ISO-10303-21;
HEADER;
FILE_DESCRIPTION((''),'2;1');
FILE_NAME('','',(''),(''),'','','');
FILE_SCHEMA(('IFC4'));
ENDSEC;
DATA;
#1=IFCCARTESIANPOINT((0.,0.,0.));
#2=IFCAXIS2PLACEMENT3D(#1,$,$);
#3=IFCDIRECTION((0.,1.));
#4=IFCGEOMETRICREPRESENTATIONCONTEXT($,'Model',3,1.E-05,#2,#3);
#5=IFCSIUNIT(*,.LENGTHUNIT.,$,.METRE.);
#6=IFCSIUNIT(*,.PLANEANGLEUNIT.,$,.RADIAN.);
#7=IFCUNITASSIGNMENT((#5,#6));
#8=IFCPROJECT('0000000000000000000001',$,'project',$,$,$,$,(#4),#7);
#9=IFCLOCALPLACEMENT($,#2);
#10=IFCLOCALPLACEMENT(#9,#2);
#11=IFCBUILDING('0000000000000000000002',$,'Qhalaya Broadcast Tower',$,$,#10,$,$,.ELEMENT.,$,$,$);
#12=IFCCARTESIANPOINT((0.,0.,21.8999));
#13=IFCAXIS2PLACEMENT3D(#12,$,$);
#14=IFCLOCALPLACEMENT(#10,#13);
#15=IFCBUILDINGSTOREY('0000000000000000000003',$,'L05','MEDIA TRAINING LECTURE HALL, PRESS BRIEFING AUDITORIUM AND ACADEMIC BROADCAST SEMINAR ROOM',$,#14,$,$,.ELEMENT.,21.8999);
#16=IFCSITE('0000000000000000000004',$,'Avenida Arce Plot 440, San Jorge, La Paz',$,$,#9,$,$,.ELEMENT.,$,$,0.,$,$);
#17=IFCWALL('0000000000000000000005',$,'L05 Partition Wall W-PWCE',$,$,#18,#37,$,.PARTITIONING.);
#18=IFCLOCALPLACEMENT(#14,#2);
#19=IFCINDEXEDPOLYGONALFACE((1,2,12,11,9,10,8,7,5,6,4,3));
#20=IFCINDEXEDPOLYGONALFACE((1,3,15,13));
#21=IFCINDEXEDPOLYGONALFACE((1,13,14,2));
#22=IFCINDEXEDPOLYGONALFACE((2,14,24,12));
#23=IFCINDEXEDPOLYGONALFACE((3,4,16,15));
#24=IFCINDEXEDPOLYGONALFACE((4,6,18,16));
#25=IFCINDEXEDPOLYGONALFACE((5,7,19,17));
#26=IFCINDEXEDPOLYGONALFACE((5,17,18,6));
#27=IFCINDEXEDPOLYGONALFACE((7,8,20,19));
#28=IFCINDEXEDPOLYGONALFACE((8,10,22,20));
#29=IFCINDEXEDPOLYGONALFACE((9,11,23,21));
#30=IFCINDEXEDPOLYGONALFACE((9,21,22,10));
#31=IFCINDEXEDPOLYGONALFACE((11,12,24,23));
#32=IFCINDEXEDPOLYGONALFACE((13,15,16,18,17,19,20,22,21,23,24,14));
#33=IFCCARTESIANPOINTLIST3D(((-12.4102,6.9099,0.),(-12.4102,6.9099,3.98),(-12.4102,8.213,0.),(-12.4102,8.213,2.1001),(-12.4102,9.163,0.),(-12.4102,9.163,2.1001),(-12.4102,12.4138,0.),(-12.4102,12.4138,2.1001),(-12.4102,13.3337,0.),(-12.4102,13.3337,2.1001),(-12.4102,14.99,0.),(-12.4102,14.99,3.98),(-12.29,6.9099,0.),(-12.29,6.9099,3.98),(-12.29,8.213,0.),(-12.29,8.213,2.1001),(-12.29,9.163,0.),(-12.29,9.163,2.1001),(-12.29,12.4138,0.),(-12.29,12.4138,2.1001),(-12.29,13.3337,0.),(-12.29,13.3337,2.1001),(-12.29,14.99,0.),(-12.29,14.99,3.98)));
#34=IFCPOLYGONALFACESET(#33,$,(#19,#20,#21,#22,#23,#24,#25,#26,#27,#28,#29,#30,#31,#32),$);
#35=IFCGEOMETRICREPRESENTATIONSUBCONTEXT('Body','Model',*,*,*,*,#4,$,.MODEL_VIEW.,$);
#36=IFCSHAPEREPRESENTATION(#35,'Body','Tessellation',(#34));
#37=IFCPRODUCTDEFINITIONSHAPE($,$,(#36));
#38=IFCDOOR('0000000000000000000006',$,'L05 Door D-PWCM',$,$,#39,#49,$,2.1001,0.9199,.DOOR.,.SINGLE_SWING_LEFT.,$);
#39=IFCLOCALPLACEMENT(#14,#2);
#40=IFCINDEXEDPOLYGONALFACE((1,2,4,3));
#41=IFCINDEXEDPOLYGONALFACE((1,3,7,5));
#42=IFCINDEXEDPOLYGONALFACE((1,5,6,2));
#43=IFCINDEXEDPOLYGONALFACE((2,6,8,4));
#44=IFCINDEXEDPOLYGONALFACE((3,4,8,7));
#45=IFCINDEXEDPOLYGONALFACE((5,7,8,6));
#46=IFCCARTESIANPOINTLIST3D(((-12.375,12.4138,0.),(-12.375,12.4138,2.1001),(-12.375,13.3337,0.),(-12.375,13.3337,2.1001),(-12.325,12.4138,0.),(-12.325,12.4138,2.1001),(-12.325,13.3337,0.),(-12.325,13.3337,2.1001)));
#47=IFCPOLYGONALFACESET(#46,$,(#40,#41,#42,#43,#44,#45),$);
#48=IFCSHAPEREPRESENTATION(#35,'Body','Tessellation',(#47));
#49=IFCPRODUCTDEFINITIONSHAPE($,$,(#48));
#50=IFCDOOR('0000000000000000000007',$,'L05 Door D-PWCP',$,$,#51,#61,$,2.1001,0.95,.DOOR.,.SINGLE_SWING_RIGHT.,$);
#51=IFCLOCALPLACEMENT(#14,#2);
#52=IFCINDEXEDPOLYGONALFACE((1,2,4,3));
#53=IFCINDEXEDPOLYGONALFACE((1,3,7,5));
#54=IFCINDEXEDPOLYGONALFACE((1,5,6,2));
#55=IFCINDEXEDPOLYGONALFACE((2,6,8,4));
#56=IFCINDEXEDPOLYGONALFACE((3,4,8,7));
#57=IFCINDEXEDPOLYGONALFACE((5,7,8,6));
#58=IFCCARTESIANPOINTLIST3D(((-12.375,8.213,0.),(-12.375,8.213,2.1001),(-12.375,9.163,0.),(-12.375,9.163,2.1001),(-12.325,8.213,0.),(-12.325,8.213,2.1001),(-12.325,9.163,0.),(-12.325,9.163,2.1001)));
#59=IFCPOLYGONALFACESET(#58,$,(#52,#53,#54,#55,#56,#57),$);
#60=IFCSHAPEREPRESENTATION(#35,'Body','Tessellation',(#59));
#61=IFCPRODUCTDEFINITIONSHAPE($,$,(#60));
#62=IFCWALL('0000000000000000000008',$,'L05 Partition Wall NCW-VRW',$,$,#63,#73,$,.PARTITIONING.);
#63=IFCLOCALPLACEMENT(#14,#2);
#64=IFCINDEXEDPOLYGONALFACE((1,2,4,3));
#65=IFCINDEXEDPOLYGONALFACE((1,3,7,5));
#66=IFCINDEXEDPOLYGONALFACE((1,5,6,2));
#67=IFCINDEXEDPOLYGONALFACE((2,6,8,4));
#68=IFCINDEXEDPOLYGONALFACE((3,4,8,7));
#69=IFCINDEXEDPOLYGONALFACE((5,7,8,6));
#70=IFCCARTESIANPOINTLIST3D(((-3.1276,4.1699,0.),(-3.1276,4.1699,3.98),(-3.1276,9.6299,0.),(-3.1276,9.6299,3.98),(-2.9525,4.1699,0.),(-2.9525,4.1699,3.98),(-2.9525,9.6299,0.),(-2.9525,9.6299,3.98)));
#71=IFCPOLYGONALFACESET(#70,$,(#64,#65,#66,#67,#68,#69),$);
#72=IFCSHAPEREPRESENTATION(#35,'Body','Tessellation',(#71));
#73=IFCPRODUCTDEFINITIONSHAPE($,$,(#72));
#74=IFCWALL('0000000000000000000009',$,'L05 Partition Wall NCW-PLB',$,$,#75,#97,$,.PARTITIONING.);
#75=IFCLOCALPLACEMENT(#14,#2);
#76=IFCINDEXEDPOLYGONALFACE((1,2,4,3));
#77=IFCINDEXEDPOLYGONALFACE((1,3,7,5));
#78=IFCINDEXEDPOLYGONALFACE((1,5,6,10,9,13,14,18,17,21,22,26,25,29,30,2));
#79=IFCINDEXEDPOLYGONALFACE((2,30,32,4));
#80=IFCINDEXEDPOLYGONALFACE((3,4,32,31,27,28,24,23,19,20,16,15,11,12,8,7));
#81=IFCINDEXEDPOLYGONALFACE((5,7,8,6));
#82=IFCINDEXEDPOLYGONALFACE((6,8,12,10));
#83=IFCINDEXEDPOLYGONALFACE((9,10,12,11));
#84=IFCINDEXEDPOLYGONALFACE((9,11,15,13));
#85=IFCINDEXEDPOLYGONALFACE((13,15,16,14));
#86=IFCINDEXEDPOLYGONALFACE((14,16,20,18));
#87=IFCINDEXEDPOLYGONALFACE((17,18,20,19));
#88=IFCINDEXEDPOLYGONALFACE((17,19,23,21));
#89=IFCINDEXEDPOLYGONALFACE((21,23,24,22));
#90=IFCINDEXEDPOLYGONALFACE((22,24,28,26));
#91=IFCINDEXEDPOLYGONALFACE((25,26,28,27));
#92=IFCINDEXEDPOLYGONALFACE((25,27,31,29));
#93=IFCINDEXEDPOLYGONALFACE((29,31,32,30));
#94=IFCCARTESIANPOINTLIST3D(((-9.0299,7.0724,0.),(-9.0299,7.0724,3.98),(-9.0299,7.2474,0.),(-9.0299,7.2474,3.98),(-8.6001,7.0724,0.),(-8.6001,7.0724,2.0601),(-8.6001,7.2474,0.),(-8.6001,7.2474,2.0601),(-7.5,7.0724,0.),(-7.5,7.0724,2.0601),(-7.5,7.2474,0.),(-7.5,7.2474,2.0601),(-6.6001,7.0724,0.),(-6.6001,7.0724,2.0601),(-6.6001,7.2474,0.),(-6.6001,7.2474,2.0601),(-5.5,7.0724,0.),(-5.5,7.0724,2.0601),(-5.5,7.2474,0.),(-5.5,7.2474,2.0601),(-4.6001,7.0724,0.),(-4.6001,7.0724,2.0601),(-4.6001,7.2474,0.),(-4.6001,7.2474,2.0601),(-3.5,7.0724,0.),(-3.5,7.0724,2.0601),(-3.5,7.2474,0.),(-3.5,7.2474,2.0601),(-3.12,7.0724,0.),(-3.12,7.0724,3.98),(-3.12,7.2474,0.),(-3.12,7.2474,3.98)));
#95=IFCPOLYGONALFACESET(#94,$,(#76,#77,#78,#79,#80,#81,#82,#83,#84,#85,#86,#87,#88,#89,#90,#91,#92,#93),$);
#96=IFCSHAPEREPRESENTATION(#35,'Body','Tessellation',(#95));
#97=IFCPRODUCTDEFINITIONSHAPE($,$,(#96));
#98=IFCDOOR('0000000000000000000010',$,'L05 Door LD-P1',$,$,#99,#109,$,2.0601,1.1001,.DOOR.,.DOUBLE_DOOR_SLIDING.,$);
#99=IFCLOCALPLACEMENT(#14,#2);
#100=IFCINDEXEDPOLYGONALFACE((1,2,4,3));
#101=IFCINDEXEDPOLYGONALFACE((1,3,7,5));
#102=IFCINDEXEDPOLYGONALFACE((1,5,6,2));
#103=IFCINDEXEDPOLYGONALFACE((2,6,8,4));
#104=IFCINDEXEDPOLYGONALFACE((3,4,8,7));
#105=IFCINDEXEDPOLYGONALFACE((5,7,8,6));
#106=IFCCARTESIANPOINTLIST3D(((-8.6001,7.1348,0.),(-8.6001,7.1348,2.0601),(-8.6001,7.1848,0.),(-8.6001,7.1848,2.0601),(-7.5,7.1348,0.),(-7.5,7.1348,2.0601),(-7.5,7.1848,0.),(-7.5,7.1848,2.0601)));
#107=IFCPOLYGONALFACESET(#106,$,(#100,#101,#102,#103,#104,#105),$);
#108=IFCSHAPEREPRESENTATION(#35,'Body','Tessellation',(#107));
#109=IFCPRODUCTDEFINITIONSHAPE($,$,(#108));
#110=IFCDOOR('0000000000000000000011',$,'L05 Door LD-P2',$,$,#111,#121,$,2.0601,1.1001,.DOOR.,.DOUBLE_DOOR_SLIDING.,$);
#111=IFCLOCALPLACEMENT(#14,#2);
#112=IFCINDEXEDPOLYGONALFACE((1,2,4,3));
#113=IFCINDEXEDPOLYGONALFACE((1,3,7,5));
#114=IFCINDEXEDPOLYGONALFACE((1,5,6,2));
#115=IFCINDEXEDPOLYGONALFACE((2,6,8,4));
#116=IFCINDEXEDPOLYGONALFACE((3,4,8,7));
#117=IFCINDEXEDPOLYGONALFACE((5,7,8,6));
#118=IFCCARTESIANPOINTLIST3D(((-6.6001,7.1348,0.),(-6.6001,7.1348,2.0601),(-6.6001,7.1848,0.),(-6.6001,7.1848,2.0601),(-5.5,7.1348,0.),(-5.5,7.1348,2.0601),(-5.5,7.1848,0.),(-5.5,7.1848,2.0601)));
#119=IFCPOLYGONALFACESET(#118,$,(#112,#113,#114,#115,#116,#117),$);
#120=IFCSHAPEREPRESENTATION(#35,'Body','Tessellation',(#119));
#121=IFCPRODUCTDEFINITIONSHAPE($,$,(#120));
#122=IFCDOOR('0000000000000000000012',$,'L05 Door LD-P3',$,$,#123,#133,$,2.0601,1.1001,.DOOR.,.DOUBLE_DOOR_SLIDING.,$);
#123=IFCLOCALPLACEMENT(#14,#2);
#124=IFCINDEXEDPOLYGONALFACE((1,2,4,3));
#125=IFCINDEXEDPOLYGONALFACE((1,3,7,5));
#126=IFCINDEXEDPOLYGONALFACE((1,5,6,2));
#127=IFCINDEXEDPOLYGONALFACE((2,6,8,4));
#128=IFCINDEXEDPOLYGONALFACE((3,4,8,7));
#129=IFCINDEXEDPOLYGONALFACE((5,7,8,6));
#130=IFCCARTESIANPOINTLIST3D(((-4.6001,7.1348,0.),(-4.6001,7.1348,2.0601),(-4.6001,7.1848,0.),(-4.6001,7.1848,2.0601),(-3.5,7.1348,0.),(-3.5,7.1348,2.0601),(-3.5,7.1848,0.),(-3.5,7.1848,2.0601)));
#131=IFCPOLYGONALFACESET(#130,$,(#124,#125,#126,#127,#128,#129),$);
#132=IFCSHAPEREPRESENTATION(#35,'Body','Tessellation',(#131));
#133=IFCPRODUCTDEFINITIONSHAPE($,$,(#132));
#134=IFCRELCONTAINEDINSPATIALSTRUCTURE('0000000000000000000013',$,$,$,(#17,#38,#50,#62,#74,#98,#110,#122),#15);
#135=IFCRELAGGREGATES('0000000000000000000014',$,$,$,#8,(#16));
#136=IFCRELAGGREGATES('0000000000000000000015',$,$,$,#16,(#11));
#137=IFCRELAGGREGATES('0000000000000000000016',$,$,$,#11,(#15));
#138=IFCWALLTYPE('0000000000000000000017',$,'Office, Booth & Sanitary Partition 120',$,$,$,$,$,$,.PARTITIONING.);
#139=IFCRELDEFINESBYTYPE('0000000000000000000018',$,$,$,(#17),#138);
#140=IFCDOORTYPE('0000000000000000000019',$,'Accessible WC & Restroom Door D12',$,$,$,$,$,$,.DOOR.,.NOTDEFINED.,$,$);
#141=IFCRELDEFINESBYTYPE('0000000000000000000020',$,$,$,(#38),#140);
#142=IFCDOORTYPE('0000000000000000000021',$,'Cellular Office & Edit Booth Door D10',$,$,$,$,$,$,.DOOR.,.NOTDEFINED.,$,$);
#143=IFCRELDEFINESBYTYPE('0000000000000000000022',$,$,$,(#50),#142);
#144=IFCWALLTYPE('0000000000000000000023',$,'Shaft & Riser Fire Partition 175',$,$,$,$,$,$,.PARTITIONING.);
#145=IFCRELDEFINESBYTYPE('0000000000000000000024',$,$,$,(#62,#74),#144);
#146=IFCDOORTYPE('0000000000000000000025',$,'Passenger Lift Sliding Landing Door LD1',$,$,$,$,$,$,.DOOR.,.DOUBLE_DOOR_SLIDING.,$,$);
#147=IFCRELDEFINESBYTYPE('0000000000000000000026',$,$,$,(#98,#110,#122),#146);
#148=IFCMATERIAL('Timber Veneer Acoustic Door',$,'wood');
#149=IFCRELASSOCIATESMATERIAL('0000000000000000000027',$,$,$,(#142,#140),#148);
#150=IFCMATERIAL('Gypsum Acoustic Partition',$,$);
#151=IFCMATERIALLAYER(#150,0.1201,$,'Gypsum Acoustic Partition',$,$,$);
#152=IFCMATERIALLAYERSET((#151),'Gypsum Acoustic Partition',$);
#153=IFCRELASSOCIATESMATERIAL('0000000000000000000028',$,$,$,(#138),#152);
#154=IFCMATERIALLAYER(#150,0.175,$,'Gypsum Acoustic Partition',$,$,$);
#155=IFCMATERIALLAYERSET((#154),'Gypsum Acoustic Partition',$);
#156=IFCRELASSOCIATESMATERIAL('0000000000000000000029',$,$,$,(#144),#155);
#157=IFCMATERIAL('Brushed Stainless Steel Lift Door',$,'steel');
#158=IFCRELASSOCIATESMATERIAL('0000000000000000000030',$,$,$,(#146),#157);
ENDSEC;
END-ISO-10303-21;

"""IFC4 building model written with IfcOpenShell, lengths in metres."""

from ifc_helpers import new_model, si_unit, direction, frame, frame_2d, origin, place, context, subcontext, project, spatial, rectangle, extrude, material, layer, layer_set, type_object, element, fill, save


model = new_model("IFC4")

# Units and contexts
model_context = context("Model", 3, precision=1e-05, world=origin(), true_north=direction((0.0, 1.0)))
body_context = subcontext(model_context, "Body", "Model", "MODEL_VIEW")
ifc_project = project(units=[si_unit("LENGTHUNIT", "METRE"), si_unit("PLANEANGLEUNIT", "RADIAN")], contexts=[model_context])

# Site, building, storey
site_placement = place(None, origin())
site = spatial("IfcSite", under=ifc_project, at=site_placement, Name="Avenida Arce Plot 440, San Jorge, La Paz", CompositionType="ELEMENT", RefElevation=0.0)
building_placement = place(site_placement, origin())
building = spatial("IfcBuilding", under=site, at=building_placement, Name="Qhalaya Broadcast Tower", CompositionType="ELEMENT")
storey_placement = place(building_placement, frame((0.0, 0.0, 21.8999)))
storey = spatial("IfcBuildingStorey", under=building, at=storey_placement, Name="L05", Description="MEDIA TRAINING LECTURE HALL, PRESS BRIEFING AUDITORIUM AND ACADEMIC BROADCAST SEMINAR ROOM", CompositionType="ELEMENT", Elevation=21.8999)

# Shared definitions
ifc_material_1 = material(Name="Timber Veneer Acoustic Door", Category="wood")
door_type_1 = type_object("IfcDoorType", Name="Cellular Office & Edit Booth Door D10", OperationType="NOTDEFINED", PredefinedType="DOOR", material=ifc_material_1)

# Shared definitions
ifc_material_2 = material(Name="Gypsum Acoustic Partition")
ifc_layer_1 = layer(ifc_material_2, 0.1201, Name="Gypsum Acoustic Partition")
ifc_layer_set_1 = layer_set([ifc_layer_1], Name="Gypsum Acoustic Partition")
wall_type_1 = type_object("IfcWallType", Name="Office, Booth & Sanitary Partition 120", PredefinedType="PARTITIONING", material=ifc_layer_set_1)

# Wall, openings, doors
wall_1_placement = place(storey_placement, frame((-12.3501, 6.9099, 0.0), z_axis=(0.0, 0.0, 1.0), x_axis=(0.0, 1.0, 0.0)))
wall_1 = element("IfcWall", 1, at=wall_1_placement, inside=storey, type_object=wall_type_1, Name="L05 Partition Wall W-PWCE", PredefinedType="PARTITIONING", context=body_context, shape_type="SweptSolid", body=[
    extrude(rectangle(XDim=8.0801, YDim=0.1201, at=frame_2d((4.04, 0.0))), origin(), (0.0, 0.0, 1.0), 3.98),
])
opening_1_placement = place(wall_1_placement, frame((1.303, 0.0, 0.0)))
opening_1 = element("IfcOpeningElement", 2, at=opening_1_placement, cuts=wall_1, PredefinedType="OPENING", context=body_context, shape_type="SweptSolid", body=[
    extrude(rectangle(XDim=0.95, YDim=2.1001, at=frame_2d((0.4751, 1.05))), frame((0.0, 0.072, 0.0), z_axis=(0.0, -1.0, 0.0), x_axis=(1.0, 0.0, 0.0)), (0.0, 0.0, 1.0), 0.144),
])
opening_2_placement = place(wall_1_placement, frame((5.5039, 0.0, 0.0)))
opening_2 = element("IfcOpeningElement", 3, at=opening_2_placement, cuts=wall_1, PredefinedType="OPENING", context=body_context, shape_type="SweptSolid", body=[
    extrude(rectangle(XDim=0.9199, YDim=2.1001, at=frame_2d((0.46, 1.05))), frame((0.0, 0.072, 0.0), z_axis=(0.0, -1.0, 0.0), x_axis=(1.0, 0.0, 0.0)), (0.0, 0.0, 1.0), 0.144),
])
door_type_2 = type_object("IfcDoorType", Name="Accessible WC & Restroom Door D12", OperationType="NOTDEFINED", PredefinedType="DOOR", material=ifc_material_1)
door_1_placement = place(opening_2_placement, origin())
door_1 = element("IfcDoor", 4, at=door_1_placement, inside=storey, type_object=door_type_2, Name="L05 Door D-PWCM", OperationType="SINGLE_SWING_LEFT", OverallHeight=2.1001, OverallWidth=0.9199, PredefinedType="DOOR", context=body_context, shape_type="SweptSolid", body=[
    extrude(rectangle(XDim=0.9199, YDim=2.1001, at=frame_2d((0.46, 1.05))), frame((0.0, 0.0249, 0.0), z_axis=(0.0, -1.0, 0.0), x_axis=(1.0, 0.0, 0.0)), (0.0, 0.0, 1.0), 0.05),
])
fill(opening_2, door_1)
door_2_placement = place(opening_1_placement, origin())
door_2 = element("IfcDoor", 5, at=door_2_placement, inside=storey, type_object=door_type_1, Name="L05 Door D-PWCP", OperationType="SINGLE_SWING_RIGHT", OverallHeight=2.1001, OverallWidth=0.95, PredefinedType="DOOR", context=body_context, shape_type="SweptSolid", body=[
    extrude(rectangle(XDim=0.95, YDim=2.1001, at=frame_2d((0.4751, 1.05))), frame((0.0, 0.0249, 0.0), z_axis=(0.0, -1.0, 0.0), x_axis=(1.0, 0.0, 0.0)), (0.0, 0.0, 1.0), 0.05),
])
fill(opening_1, door_2)

# Wall
ifc_layer_2 = layer(ifc_material_2, 0.175, Name="Gypsum Acoustic Partition")
ifc_layer_set_2 = layer_set([ifc_layer_2], Name="Gypsum Acoustic Partition")
wall_type_2 = type_object("IfcWallType", Name="Shaft & Riser Fire Partition 175", PredefinedType="PARTITIONING", material=ifc_layer_set_2)
wall_2_placement = place(storey_placement, frame((-3.04, 4.1699, 0.0), z_axis=(0.0, 0.0, 1.0), x_axis=(0.0, 1.0, 0.0)))
element("IfcWall", 6, at=wall_2_placement, inside=storey, type_object=wall_type_2, Name="L05 Partition Wall NCW-VRW", PredefinedType="PARTITIONING", context=body_context, shape_type="SweptSolid", body=[
    extrude(rectangle(XDim=5.46, YDim=0.175, at=frame_2d((2.73, 0.0))), origin(), (0.0, 0.0, 1.0), 3.98),
])

# Wall, openings, doors
wall_3_placement = place(storey_placement, frame((-9.03, 7.1599, 0.0), z_axis=(0.0, 0.0, 1.0), x_axis=(1.0, 0.0, 0.0)))
wall_3 = element("IfcWall", 7, at=wall_3_placement, inside=storey, type_object=wall_type_2, Name="L05 Partition Wall NCW-PLB", PredefinedType="PARTITIONING", context=body_context, shape_type="SweptSolid", body=[
    extrude(rectangle(XDim=5.9099, YDim=0.175, at=frame_2d((2.9551, 0.0))), origin(), (0.0, 0.0, 1.0), 3.98),
])
opening_3_placement = place(wall_3_placement, frame((0.4299, 0.0, 0.0)))
opening_3 = element("IfcOpeningElement", 8, at=opening_3_placement, cuts=wall_3, PredefinedType="OPENING", context=body_context, shape_type="SweptSolid", body=[
    extrude(rectangle(XDim=1.1001, YDim=2.0601, at=frame_2d((0.55, 1.03))), frame((0.0, 0.0996, 0.0), z_axis=(0.0, -1.0, 0.0), x_axis=(1.0, 0.0, 0.0)), (0.0, 0.0, 1.0), 0.199),
])
opening_4_placement = place(wall_3_placement, frame((2.4299, 0.0, 0.0)))
opening_4 = element("IfcOpeningElement", 9, at=opening_4_placement, cuts=wall_3, PredefinedType="OPENING", context=body_context, shape_type="SweptSolid", body=[
    extrude(rectangle(XDim=1.1001, YDim=2.0601, at=frame_2d((0.55, 1.03))), frame((0.0, 0.0996, 0.0), z_axis=(0.0, -1.0, 0.0), x_axis=(1.0, 0.0, 0.0)), (0.0, 0.0, 1.0), 0.199),
])
opening_5_placement = place(wall_3_placement, frame((4.4299, 0.0, 0.0)))
opening_5 = element("IfcOpeningElement", 10, at=opening_5_placement, cuts=wall_3, PredefinedType="OPENING", context=body_context, shape_type="SweptSolid", body=[
    extrude(rectangle(XDim=1.1001, YDim=2.0601, at=frame_2d((0.55, 1.03))), frame((0.0, 0.0996, 0.0), z_axis=(0.0, -1.0, 0.0), x_axis=(1.0, 0.0, 0.0)), (0.0, 0.0, 1.0), 0.199),
])
ifc_material_3 = material(Name="Brushed Stainless Steel Lift Door", Category="steel")
door_type_3 = type_object("IfcDoorType", Name="Passenger Lift Sliding Landing Door LD1", OperationType="DOUBLE_DOOR_SLIDING", PredefinedType="DOOR", material=ifc_material_3)
door_3_placement = place(opening_3_placement, origin())
door_3 = element("IfcDoor", 11, at=door_3_placement, inside=storey, type_object=door_type_3, Name="L05 Door LD-P1", OperationType="DOUBLE_DOOR_SLIDING", OverallHeight=2.0601, OverallWidth=1.1001, PredefinedType="DOOR", context=body_context, shape_type="SweptSolid", body=[
    extrude(rectangle(XDim=1.1001, YDim=2.0601, at=frame_2d((0.55, 1.03))), frame((0.0, 0.0249, 0.0), z_axis=(0.0, -1.0, 0.0), x_axis=(1.0, 0.0, 0.0)), (0.0, 0.0, 1.0), 0.05),
])
fill(opening_3, door_3)
door_4_placement = place(opening_4_placement, origin())
door_4 = element("IfcDoor", 12, at=door_4_placement, inside=storey, type_object=door_type_3, Name="L05 Door LD-P2", OperationType="DOUBLE_DOOR_SLIDING", OverallHeight=2.0601, OverallWidth=1.1001, PredefinedType="DOOR", context=body_context, shape_type="SweptSolid", body=[
    extrude(rectangle(XDim=1.1001, YDim=2.0601, at=frame_2d((0.55, 1.03))), frame((0.0, 0.0249, 0.0), z_axis=(0.0, -1.0, 0.0), x_axis=(1.0, 0.0, 0.0)), (0.0, 0.0, 1.0), 0.05),
])
fill(opening_4, door_4)
door_5_placement = place(opening_5_placement, origin())
door_5 = element("IfcDoor", 13, at=door_5_placement, inside=storey, type_object=door_type_3, Name="L05 Door LD-P3", OperationType="DOUBLE_DOOR_SLIDING", OverallHeight=2.0601, OverallWidth=1.1001, PredefinedType="DOOR", context=body_context, shape_type="SweptSolid", body=[
    extrude(rectangle(XDim=1.1001, YDim=2.0601, at=frame_2d((0.55, 1.03))), frame((0.0, 0.0249, 0.0), z_axis=(0.0, -1.0, 0.0), x_axis=(1.0, 0.0, 0.0)), (0.0, 0.0, 1.0), 0.05),
])
fill(opening_5, door_5)

save(model, "model.ifc")
